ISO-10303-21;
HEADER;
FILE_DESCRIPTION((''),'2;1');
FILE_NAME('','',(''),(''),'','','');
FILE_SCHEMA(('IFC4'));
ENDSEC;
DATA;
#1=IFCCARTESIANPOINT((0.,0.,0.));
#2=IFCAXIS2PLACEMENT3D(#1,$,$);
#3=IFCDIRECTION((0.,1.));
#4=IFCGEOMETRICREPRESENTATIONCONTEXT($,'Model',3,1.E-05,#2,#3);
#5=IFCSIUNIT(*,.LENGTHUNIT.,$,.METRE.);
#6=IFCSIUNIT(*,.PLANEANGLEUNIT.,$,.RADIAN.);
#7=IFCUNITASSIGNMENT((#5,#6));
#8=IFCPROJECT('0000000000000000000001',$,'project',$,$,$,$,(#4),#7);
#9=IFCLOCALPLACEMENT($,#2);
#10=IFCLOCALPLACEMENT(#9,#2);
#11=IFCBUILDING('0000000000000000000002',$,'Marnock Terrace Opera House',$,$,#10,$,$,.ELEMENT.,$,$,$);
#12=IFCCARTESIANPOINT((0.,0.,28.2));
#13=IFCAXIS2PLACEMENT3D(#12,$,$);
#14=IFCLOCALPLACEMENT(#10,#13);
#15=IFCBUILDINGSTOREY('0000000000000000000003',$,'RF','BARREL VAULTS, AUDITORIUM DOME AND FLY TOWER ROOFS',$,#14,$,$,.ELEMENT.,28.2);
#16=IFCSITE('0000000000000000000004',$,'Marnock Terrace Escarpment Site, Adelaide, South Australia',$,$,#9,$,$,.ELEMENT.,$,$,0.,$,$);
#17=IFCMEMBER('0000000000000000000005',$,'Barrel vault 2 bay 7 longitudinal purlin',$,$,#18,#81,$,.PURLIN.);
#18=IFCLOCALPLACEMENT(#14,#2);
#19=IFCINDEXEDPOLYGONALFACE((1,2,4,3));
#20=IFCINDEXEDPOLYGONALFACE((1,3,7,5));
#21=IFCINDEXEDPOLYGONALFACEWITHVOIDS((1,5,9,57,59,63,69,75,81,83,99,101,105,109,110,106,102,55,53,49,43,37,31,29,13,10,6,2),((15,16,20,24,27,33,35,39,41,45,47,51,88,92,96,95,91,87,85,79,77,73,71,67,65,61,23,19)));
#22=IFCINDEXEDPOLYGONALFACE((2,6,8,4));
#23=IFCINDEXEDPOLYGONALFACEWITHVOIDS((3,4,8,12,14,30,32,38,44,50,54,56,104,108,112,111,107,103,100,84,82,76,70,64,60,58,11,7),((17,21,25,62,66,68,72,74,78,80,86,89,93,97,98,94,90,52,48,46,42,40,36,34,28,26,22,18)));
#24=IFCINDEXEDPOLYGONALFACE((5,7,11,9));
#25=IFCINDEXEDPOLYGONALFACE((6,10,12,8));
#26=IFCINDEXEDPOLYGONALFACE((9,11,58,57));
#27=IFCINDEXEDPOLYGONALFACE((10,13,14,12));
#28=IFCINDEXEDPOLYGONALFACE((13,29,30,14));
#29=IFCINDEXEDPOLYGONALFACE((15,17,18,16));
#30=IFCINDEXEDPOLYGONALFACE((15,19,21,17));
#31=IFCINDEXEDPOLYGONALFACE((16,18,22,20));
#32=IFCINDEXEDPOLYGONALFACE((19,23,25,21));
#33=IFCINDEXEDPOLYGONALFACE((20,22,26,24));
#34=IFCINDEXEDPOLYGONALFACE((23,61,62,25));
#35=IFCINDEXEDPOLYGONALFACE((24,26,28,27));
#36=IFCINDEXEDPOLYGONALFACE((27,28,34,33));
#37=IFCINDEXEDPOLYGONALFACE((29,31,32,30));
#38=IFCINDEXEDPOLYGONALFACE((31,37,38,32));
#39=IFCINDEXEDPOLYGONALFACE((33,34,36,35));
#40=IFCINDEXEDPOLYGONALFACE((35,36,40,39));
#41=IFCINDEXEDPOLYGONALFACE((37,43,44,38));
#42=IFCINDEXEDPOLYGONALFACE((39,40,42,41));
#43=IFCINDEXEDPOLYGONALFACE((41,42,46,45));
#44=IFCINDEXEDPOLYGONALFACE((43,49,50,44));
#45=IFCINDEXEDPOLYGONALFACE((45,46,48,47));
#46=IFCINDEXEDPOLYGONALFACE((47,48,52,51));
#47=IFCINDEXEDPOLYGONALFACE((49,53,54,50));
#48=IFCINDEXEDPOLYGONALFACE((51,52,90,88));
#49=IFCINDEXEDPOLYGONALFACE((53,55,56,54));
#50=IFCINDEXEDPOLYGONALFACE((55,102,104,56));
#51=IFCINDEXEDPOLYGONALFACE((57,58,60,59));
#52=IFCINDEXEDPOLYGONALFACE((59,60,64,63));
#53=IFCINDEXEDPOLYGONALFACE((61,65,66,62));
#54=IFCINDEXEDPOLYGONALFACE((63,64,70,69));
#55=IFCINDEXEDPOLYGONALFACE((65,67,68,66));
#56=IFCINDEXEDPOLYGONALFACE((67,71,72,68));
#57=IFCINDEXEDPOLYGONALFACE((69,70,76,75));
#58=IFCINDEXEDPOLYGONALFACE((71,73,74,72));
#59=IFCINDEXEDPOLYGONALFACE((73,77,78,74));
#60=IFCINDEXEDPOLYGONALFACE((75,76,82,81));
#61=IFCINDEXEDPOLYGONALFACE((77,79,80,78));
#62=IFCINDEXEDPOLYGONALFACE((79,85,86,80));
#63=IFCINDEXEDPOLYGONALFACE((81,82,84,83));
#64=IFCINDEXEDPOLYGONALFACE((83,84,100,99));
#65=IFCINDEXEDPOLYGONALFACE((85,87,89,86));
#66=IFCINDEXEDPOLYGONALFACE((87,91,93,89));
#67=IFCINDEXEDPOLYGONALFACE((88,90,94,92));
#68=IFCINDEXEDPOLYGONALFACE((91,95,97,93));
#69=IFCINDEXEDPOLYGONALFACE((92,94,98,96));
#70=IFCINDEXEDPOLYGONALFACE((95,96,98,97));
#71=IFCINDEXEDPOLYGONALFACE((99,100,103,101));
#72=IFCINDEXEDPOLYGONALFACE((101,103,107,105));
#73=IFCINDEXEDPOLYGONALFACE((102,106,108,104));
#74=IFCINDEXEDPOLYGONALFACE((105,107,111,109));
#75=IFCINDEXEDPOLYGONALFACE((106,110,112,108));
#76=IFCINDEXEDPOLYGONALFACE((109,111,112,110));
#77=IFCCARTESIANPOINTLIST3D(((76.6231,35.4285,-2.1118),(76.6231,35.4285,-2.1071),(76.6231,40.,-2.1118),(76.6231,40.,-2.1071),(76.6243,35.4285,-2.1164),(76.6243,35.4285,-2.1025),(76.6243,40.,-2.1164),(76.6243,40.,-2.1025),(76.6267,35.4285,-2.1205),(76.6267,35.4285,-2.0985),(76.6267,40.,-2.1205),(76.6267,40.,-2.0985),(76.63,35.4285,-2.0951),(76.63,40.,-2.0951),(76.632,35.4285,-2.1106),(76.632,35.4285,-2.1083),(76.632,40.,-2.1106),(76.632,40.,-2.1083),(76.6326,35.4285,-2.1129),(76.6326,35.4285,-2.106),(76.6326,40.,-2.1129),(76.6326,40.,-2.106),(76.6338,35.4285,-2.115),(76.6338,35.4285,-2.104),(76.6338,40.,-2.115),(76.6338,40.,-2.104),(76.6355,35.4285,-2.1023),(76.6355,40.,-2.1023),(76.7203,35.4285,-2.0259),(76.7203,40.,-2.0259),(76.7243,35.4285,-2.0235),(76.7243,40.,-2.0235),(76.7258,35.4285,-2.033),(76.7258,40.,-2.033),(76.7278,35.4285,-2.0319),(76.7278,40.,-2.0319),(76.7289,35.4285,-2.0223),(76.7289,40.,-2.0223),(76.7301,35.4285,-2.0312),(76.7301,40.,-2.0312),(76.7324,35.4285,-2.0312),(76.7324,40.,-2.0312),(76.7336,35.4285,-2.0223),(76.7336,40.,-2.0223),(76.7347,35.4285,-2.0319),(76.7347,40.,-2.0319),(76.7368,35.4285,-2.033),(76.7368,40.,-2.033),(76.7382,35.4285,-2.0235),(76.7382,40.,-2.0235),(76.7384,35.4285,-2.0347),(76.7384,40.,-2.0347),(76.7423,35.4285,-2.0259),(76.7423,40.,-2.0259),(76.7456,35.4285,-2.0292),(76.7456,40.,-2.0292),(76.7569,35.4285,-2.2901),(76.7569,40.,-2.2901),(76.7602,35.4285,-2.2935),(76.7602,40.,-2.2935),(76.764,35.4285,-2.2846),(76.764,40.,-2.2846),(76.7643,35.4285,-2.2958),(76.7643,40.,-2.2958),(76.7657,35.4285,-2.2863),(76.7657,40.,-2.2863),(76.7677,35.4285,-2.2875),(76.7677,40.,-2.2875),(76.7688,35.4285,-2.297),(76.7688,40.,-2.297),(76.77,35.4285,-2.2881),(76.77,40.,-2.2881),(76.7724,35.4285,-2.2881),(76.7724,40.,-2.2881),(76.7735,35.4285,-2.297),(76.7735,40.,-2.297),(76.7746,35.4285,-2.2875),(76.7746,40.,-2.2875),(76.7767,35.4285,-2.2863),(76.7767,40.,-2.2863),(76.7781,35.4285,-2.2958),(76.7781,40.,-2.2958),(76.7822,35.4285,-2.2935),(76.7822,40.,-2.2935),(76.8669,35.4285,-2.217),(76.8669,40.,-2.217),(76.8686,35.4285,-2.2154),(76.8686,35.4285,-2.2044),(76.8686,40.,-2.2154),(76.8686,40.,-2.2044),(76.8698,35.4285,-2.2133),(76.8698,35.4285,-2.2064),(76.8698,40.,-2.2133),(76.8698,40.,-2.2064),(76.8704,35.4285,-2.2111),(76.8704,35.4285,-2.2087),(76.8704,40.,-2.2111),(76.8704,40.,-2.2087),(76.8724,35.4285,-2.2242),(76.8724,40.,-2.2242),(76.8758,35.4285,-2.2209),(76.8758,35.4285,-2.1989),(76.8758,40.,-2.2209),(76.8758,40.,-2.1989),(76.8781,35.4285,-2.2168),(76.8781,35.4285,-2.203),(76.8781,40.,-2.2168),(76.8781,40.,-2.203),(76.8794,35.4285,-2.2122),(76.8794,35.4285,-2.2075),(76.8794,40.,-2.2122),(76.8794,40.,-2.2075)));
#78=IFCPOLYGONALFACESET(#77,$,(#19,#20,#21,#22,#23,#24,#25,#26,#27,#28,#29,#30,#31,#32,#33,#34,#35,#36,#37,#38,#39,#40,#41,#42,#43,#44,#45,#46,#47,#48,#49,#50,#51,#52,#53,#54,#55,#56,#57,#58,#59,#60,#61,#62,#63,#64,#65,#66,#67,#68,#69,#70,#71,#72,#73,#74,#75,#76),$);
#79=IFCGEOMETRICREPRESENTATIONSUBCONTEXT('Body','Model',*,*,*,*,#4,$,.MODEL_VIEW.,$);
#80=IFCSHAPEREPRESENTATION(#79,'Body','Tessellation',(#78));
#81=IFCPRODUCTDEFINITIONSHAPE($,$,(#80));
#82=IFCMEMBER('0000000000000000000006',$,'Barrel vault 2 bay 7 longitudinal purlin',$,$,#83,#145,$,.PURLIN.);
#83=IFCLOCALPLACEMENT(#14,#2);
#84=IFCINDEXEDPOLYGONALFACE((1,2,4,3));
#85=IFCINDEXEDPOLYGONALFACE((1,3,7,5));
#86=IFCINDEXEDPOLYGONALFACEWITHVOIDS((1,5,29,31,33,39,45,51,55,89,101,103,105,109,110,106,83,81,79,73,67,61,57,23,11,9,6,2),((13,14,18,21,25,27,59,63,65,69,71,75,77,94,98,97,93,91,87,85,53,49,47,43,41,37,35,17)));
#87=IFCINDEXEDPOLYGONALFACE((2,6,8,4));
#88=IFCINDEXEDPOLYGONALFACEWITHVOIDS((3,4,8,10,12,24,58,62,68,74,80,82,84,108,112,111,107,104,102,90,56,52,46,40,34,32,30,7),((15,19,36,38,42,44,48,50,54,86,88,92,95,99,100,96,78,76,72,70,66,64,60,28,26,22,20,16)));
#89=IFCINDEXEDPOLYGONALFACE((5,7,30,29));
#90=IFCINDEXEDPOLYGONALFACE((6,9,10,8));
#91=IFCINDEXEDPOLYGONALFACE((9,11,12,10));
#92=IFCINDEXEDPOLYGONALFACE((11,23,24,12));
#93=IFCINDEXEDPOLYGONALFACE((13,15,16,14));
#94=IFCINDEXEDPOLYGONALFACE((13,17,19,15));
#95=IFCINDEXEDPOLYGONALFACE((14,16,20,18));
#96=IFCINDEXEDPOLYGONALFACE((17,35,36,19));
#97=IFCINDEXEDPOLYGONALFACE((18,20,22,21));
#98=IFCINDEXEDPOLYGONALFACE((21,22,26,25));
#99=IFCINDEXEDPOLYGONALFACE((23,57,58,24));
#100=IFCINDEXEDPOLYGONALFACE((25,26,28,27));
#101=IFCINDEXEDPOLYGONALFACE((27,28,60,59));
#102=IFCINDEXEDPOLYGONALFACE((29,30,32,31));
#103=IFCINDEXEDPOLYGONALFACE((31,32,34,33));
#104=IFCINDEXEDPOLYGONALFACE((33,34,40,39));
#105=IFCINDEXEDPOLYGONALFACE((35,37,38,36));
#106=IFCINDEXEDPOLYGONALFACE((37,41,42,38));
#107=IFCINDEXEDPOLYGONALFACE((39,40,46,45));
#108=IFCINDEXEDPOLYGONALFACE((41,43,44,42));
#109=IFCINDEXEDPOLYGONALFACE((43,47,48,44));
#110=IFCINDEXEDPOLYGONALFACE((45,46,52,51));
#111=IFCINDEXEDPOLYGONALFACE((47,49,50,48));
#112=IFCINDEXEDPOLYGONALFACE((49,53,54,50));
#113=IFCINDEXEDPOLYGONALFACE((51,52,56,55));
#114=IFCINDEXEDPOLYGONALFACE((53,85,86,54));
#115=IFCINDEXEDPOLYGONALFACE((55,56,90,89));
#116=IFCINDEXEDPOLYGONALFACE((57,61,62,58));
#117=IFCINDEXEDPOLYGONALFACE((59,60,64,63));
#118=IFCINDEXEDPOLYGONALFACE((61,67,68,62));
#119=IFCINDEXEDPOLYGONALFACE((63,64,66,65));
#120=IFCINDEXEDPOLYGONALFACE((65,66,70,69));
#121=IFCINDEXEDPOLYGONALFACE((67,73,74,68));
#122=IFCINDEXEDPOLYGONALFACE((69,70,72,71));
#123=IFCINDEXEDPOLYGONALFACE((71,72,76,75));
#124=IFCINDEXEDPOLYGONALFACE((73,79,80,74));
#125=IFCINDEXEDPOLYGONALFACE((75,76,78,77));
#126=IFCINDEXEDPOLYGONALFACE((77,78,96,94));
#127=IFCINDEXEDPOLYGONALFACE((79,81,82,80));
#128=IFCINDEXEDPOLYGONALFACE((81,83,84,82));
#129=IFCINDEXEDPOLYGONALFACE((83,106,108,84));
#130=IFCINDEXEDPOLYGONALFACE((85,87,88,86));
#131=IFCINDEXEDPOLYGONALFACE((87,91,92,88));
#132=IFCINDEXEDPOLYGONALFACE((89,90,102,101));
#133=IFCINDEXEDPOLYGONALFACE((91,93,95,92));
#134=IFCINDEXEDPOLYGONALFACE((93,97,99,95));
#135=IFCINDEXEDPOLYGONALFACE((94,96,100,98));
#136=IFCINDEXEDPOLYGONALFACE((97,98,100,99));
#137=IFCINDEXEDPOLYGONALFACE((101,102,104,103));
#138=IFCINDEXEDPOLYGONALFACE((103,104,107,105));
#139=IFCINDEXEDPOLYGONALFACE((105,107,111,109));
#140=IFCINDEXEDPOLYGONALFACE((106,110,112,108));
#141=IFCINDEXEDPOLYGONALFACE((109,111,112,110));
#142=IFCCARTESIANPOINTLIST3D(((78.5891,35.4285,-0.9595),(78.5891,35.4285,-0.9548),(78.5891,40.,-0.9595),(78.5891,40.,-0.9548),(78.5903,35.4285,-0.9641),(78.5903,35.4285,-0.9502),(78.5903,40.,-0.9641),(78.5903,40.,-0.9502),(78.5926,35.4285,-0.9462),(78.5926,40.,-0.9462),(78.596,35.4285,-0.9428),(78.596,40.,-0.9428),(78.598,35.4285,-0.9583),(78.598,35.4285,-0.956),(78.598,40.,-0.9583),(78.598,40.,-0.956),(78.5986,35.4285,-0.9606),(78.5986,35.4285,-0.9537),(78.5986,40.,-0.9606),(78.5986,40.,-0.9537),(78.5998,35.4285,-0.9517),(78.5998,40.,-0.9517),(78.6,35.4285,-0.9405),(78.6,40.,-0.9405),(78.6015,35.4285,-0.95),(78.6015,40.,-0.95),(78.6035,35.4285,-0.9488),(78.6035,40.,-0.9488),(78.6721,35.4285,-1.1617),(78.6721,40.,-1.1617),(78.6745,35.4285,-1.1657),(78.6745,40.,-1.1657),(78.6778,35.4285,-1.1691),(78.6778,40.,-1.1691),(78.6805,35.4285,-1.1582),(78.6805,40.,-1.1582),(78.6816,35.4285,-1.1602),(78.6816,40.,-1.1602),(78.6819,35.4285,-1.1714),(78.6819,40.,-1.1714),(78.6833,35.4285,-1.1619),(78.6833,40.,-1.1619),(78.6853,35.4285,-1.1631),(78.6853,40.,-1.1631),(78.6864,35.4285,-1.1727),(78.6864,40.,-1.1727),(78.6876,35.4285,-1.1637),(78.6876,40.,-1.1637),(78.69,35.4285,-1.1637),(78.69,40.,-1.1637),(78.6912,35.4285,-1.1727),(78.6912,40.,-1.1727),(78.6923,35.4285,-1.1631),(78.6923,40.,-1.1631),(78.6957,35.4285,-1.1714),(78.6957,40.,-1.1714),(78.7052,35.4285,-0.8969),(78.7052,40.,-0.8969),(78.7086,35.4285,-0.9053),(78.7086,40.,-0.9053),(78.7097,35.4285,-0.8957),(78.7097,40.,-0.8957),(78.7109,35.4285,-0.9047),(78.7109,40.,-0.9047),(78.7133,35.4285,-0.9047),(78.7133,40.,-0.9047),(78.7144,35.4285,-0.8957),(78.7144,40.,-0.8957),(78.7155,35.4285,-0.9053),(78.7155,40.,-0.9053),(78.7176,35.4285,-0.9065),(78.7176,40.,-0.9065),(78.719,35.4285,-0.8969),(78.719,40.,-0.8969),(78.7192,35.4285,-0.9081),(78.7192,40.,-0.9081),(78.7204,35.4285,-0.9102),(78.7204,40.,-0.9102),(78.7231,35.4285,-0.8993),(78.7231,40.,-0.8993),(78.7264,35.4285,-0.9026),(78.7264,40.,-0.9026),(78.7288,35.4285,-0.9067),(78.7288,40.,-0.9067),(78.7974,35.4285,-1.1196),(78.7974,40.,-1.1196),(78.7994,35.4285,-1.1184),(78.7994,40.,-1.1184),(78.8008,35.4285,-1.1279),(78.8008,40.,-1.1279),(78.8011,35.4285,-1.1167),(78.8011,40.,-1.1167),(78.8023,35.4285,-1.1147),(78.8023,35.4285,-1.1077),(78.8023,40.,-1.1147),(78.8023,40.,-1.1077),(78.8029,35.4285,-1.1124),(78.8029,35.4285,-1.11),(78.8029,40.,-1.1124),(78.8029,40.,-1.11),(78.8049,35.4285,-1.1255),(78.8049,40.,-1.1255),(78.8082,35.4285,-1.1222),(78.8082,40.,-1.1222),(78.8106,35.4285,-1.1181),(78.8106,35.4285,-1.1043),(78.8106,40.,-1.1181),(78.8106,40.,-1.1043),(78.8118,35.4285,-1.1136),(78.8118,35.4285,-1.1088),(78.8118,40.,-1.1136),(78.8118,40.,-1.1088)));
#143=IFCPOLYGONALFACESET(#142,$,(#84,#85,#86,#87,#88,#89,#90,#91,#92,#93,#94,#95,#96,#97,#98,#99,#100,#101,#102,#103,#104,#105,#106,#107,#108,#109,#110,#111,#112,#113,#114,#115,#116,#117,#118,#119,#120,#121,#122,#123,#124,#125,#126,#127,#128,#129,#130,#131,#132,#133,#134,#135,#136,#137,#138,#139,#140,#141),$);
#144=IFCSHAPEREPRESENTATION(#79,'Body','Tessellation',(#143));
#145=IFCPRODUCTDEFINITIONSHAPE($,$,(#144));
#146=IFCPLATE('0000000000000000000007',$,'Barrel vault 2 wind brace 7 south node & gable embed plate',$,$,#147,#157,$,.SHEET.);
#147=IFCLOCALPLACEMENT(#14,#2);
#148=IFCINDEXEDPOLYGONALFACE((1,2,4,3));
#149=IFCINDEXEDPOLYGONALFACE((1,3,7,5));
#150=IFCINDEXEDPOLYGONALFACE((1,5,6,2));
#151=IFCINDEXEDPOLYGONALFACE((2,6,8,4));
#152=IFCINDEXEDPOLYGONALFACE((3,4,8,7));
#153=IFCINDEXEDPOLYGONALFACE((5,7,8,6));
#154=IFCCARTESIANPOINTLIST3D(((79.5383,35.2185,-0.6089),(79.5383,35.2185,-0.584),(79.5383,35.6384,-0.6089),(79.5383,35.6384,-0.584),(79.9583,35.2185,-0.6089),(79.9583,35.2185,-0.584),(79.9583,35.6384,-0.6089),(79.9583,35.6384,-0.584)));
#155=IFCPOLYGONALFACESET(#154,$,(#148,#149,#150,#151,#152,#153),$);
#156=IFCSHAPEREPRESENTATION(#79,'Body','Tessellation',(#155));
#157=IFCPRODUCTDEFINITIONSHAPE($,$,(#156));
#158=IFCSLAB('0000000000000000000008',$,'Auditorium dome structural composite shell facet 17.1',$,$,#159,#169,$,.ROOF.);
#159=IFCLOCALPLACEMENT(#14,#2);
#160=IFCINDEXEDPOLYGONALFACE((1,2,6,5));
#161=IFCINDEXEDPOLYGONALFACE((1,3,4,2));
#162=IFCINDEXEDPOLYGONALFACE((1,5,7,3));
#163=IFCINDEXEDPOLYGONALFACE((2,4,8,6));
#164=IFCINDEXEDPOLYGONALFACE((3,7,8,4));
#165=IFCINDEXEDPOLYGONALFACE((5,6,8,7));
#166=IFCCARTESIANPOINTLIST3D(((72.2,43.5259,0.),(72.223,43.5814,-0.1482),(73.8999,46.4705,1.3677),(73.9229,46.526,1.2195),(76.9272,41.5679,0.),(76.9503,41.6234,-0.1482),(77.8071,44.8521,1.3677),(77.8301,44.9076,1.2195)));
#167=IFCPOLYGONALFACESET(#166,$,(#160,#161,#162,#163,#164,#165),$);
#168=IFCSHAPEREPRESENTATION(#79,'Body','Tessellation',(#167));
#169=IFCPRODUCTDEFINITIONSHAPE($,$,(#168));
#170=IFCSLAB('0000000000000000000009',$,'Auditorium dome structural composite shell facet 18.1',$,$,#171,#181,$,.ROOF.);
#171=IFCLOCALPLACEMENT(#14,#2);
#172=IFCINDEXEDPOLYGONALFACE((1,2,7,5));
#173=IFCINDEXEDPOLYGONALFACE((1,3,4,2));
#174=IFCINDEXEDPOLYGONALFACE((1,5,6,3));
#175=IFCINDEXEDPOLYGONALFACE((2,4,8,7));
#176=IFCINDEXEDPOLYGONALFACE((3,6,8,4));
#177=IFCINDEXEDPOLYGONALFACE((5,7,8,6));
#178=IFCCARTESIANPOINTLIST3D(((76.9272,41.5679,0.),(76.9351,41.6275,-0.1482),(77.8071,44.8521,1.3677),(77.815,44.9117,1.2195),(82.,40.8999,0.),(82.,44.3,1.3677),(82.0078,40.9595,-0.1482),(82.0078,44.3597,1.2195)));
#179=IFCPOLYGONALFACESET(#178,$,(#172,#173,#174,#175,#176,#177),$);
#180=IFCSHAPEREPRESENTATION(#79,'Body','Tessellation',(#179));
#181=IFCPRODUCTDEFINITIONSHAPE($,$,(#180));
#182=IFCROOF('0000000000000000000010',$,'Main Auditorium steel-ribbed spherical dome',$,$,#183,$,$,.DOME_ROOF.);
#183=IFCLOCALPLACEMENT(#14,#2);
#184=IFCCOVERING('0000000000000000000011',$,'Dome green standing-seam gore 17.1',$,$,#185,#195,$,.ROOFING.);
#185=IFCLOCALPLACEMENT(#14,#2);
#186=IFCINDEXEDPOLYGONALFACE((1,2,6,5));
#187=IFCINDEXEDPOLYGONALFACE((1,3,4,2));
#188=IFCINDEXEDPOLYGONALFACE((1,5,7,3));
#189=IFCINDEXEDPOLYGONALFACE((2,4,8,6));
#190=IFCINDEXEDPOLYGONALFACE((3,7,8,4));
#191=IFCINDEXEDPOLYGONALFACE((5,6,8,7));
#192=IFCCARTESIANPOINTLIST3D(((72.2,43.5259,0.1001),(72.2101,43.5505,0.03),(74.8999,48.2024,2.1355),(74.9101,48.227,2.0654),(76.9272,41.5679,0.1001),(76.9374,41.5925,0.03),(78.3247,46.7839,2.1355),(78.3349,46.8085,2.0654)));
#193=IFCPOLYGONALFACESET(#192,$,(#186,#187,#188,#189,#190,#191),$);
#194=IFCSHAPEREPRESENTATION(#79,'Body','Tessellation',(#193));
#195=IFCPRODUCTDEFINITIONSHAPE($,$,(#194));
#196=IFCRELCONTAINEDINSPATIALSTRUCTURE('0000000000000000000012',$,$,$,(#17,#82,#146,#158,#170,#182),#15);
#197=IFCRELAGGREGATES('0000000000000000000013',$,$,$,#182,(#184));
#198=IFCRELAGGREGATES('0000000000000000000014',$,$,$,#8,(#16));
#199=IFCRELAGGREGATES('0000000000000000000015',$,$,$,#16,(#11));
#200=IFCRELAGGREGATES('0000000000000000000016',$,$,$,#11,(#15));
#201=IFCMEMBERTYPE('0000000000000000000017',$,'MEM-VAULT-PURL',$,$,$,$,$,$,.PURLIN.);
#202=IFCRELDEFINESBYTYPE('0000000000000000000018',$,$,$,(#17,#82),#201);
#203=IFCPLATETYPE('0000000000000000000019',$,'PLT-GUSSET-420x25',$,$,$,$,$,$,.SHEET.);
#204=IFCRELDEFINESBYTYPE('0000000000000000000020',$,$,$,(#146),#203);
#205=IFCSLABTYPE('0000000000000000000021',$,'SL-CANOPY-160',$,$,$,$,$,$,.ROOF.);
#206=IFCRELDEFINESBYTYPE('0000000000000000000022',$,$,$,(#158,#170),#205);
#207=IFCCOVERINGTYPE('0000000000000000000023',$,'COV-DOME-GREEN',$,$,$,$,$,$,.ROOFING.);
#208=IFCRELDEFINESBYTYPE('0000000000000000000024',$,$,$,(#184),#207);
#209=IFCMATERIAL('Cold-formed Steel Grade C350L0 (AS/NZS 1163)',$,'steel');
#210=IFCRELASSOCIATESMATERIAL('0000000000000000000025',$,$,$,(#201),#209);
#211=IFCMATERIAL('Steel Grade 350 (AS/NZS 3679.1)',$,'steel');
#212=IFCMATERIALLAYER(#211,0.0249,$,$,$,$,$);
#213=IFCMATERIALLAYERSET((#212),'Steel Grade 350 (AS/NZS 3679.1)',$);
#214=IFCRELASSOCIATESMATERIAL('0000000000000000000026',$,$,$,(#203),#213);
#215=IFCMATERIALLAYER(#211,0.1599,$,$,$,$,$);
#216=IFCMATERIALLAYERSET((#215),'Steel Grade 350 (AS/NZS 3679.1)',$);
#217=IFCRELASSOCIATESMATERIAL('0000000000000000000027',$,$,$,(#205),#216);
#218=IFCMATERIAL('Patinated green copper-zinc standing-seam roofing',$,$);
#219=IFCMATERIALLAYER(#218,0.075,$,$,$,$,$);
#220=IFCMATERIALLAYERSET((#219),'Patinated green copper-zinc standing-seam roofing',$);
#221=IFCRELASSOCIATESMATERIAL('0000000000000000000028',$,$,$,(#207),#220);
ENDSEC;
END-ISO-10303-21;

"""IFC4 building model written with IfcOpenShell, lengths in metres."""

from ifc_helpers import new_model, si_unit, direction, frame, origin, origin_2d, place, context, subcontext, project, spatial, polyline, rectangle, hollow_rectangle, outline, extrude, material, layer, layer_set, material_profile, profile_set, type_object, element, aggregate, save


model = new_model("IFC4")

# Units and contexts
model_context = context("Model", 3, precision=1e-05, world=origin(), true_north=direction((0.0, 1.0)))
body_context = subcontext(model_context, "Body", "Model", "MODEL_VIEW")
ifc_project = project(units=[si_unit("LENGTHUNIT", "METRE"), si_unit("PLANEANGLEUNIT", "RADIAN")], contexts=[model_context])

# Site, building, storey
site_placement = place(None, origin())
site = spatial("IfcSite", under=ifc_project, at=site_placement, Name="Marnock Terrace Escarpment Site, Adelaide, South Australia", CompositionType="ELEMENT", RefElevation=0.0)
building_placement = place(site_placement, origin())
building = spatial("IfcBuilding", under=site, at=building_placement, Name="Marnock Terrace Opera House", CompositionType="ELEMENT")
storey_placement = place(building_placement, frame((0.0, 0.0, 28.2)))
storey = spatial("IfcBuildingStorey", under=building, at=storey_placement, Name="RF", Description="BARREL VAULTS, AUDITORIUM DOME AND FLY TOWER ROOFS", CompositionType="ELEMENT", Elevation=28.2)

# Members
ifc_material_1 = material(Name="Cold-formed Steel Grade C350L0 (AS/NZS 1163)", Category="steel")
ifc_material_profile_1 = material_profile(ifc_material_1, hollow_rectangle(XDim=0.1499, YDim=0.25, WallThickness=0.009, InnerFilletRadius=0.009, OuterFilletRadius=0.0181, at=origin_2d()))
ifc_profile_set_1 = profile_set([ifc_material_profile_1], Name="Cold-formed Steel Grade C350L0 (AS/NZS 1163)")
member_type_1 = type_object("IfcMemberType", Name="MEM-VAULT-PURL", PredefinedType="PURLIN", material=ifc_profile_set_1)
for number, where, z_axis, x_axis, name in (
    (1, (76.7512, 35.4285, -2.1597), (0.0, 1.0, 0.0), (-0.793353, 0.0, -0.608761), "Barrel vault 2 bay 7 longitudinal purlin"),
    (2, (78.7004, 35.4285, -1.0342), (0.0, 1.0, 0.0), (-0.92388, 0.0, -0.382683), "Barrel vault 2 bay 7 longitudinal purlin"),
):
    element("IfcMember", number, at=place(storey_placement, frame(where, z_axis=z_axis, x_axis=x_axis)), inside=storey, type_object=member_type_1, Name=name, PredefinedType="PURLIN", context=body_context, shape_type="SweptSolid", body=[
        extrude(hollow_rectangle(XDim=0.1499, YDim=0.25, WallThickness=0.009, InnerFilletRadius=0.009, OuterFilletRadius=0.0181, at=origin_2d()), origin(), (0.0, 0.0, 1.0), 4.5715),
    ])

# Plate
ifc_material_2 = material(Name="Steel Grade 350 (AS/NZS 3679.1)", Category="steel")
ifc_layer_1 = layer(ifc_material_2, 0.0249)
ifc_layer_set_1 = layer_set([ifc_layer_1], Name="Steel Grade 350 (AS/NZS 3679.1)")
plate_type = type_object("IfcPlateType", Name="PLT-GUSSET-420x25", PredefinedType="SHEET", material=ifc_layer_set_1)
plate_placement = place(storey_placement, frame((79.7483, 35.4285, -0.6089), z_axis=(0.0, 0.0, 1.0), x_axis=(1.0, 0.0, 0.0)))
element("IfcPlate", 3, at=plate_placement, inside=storey, type_object=plate_type, Name="Barrel vault 2 wind brace 7 south node & gable embed plate", PredefinedType="SHEET", context=body_context, shape_type="SweptSolid", body=[
    extrude(rectangle(XDim=0.4199, YDim=0.4199, at=origin_2d()), origin(), (0.0, 0.0, 1.0), 0.0249),
])

# Slabs
ifc_layer_2 = layer(ifc_material_2, 0.1599)
ifc_layer_set_2 = layer_set([ifc_layer_2], Name="Steel Grade 350 (AS/NZS 3679.1)")
slab_type = type_object("IfcSlabType", Name="SL-CANOPY-160", PredefinedType="ROOF", material=ifc_layer_set_2)
slab_1_placement = place(storey_placement, frame((72.2, 43.5259, 0.0), z_axis=(-0.143869, -0.347343, 0.926636), x_axis=(0.923886, -0.382667, 0.000002)))
element("IfcSlab", 4, at=slab_1_placement, inside=storey, type_object=slab_type, Name="Auditorium dome structural composite shell facet 17.1", PredefinedType="ROOF", context=body_context, shape_type="SweptSolid", body=[
    extrude(outline(polyline([(0.0, 0.0), (5.1167, 0.0), (4.6729, 3.6378), (0.4438, 3.6379), (0.0, 0.0)])), origin(), (0.0, 0.0, -1.0), 0.1599),
])
slab_2_placement = place(storey_placement, frame((76.9272, 41.5679, 0.0), z_axis=(-0.049077, -0.372738, 0.926638), x_axis=(0.991442, -0.130549, -0.000004)))
element("IfcSlab", 5, at=slab_2_placement, inside=storey, type_object=slab_type, Name="Auditorium dome structural composite shell facet 18.1", PredefinedType="ROOF", context=body_context, shape_type="SweptSolid", body=[
    extrude(outline(polyline([(0.0, 0.0), (5.1165, 0.0), (4.6727, 3.6379), (0.4436, 3.6378), (0.0, 0.0)])), origin(), (0.0, 0.0, -1.0), 0.1599),
])

# Roof, covering
roof_placement = place(storey_placement, origin())
roof = element("IfcRoof", 6, at=roof_placement, inside=storey, Name="Main Auditorium steel-ribbed spherical dome", PredefinedType="DOME_ROOF")
ifc_material_3 = material(Name="Patinated green copper-zinc standing-seam roofing")
ifc_layer_3 = layer(ifc_material_3, 0.075)
ifc_layer_set_3 = layer_set([ifc_layer_3], Name="Patinated green copper-zinc standing-seam roofing")
covering_type = type_object("IfcCoveringType", Name="COV-DOME-GREEN", PredefinedType="ROOFING", material=ifc_layer_set_3)
covering_1_placement = place(storey_placement, frame((72.2, 43.5259, 0.1001), z_axis=(-0.135984, -0.328318, 0.934728), x_axis=(0.923887, -0.382666, -0.000002)))
covering_1 = element("IfcCovering", 7, at=covering_1_placement, type_object=covering_type, Name="Dome green standing-seam gore 17.1", PredefinedType="ROOFING", context=body_context, shape_type="SweptSolid", body=[
    extrude(outline(polyline([(0.0, 0.0), (5.1167, 0.0), (4.4118, 5.7277), (0.7049, 5.7276), (0.0, 0.0)])), origin(), (0.0, 0.0, -1.0), 0.075),
])
aggregate(roof, [covering_1])

save(model, "model.ifc")
